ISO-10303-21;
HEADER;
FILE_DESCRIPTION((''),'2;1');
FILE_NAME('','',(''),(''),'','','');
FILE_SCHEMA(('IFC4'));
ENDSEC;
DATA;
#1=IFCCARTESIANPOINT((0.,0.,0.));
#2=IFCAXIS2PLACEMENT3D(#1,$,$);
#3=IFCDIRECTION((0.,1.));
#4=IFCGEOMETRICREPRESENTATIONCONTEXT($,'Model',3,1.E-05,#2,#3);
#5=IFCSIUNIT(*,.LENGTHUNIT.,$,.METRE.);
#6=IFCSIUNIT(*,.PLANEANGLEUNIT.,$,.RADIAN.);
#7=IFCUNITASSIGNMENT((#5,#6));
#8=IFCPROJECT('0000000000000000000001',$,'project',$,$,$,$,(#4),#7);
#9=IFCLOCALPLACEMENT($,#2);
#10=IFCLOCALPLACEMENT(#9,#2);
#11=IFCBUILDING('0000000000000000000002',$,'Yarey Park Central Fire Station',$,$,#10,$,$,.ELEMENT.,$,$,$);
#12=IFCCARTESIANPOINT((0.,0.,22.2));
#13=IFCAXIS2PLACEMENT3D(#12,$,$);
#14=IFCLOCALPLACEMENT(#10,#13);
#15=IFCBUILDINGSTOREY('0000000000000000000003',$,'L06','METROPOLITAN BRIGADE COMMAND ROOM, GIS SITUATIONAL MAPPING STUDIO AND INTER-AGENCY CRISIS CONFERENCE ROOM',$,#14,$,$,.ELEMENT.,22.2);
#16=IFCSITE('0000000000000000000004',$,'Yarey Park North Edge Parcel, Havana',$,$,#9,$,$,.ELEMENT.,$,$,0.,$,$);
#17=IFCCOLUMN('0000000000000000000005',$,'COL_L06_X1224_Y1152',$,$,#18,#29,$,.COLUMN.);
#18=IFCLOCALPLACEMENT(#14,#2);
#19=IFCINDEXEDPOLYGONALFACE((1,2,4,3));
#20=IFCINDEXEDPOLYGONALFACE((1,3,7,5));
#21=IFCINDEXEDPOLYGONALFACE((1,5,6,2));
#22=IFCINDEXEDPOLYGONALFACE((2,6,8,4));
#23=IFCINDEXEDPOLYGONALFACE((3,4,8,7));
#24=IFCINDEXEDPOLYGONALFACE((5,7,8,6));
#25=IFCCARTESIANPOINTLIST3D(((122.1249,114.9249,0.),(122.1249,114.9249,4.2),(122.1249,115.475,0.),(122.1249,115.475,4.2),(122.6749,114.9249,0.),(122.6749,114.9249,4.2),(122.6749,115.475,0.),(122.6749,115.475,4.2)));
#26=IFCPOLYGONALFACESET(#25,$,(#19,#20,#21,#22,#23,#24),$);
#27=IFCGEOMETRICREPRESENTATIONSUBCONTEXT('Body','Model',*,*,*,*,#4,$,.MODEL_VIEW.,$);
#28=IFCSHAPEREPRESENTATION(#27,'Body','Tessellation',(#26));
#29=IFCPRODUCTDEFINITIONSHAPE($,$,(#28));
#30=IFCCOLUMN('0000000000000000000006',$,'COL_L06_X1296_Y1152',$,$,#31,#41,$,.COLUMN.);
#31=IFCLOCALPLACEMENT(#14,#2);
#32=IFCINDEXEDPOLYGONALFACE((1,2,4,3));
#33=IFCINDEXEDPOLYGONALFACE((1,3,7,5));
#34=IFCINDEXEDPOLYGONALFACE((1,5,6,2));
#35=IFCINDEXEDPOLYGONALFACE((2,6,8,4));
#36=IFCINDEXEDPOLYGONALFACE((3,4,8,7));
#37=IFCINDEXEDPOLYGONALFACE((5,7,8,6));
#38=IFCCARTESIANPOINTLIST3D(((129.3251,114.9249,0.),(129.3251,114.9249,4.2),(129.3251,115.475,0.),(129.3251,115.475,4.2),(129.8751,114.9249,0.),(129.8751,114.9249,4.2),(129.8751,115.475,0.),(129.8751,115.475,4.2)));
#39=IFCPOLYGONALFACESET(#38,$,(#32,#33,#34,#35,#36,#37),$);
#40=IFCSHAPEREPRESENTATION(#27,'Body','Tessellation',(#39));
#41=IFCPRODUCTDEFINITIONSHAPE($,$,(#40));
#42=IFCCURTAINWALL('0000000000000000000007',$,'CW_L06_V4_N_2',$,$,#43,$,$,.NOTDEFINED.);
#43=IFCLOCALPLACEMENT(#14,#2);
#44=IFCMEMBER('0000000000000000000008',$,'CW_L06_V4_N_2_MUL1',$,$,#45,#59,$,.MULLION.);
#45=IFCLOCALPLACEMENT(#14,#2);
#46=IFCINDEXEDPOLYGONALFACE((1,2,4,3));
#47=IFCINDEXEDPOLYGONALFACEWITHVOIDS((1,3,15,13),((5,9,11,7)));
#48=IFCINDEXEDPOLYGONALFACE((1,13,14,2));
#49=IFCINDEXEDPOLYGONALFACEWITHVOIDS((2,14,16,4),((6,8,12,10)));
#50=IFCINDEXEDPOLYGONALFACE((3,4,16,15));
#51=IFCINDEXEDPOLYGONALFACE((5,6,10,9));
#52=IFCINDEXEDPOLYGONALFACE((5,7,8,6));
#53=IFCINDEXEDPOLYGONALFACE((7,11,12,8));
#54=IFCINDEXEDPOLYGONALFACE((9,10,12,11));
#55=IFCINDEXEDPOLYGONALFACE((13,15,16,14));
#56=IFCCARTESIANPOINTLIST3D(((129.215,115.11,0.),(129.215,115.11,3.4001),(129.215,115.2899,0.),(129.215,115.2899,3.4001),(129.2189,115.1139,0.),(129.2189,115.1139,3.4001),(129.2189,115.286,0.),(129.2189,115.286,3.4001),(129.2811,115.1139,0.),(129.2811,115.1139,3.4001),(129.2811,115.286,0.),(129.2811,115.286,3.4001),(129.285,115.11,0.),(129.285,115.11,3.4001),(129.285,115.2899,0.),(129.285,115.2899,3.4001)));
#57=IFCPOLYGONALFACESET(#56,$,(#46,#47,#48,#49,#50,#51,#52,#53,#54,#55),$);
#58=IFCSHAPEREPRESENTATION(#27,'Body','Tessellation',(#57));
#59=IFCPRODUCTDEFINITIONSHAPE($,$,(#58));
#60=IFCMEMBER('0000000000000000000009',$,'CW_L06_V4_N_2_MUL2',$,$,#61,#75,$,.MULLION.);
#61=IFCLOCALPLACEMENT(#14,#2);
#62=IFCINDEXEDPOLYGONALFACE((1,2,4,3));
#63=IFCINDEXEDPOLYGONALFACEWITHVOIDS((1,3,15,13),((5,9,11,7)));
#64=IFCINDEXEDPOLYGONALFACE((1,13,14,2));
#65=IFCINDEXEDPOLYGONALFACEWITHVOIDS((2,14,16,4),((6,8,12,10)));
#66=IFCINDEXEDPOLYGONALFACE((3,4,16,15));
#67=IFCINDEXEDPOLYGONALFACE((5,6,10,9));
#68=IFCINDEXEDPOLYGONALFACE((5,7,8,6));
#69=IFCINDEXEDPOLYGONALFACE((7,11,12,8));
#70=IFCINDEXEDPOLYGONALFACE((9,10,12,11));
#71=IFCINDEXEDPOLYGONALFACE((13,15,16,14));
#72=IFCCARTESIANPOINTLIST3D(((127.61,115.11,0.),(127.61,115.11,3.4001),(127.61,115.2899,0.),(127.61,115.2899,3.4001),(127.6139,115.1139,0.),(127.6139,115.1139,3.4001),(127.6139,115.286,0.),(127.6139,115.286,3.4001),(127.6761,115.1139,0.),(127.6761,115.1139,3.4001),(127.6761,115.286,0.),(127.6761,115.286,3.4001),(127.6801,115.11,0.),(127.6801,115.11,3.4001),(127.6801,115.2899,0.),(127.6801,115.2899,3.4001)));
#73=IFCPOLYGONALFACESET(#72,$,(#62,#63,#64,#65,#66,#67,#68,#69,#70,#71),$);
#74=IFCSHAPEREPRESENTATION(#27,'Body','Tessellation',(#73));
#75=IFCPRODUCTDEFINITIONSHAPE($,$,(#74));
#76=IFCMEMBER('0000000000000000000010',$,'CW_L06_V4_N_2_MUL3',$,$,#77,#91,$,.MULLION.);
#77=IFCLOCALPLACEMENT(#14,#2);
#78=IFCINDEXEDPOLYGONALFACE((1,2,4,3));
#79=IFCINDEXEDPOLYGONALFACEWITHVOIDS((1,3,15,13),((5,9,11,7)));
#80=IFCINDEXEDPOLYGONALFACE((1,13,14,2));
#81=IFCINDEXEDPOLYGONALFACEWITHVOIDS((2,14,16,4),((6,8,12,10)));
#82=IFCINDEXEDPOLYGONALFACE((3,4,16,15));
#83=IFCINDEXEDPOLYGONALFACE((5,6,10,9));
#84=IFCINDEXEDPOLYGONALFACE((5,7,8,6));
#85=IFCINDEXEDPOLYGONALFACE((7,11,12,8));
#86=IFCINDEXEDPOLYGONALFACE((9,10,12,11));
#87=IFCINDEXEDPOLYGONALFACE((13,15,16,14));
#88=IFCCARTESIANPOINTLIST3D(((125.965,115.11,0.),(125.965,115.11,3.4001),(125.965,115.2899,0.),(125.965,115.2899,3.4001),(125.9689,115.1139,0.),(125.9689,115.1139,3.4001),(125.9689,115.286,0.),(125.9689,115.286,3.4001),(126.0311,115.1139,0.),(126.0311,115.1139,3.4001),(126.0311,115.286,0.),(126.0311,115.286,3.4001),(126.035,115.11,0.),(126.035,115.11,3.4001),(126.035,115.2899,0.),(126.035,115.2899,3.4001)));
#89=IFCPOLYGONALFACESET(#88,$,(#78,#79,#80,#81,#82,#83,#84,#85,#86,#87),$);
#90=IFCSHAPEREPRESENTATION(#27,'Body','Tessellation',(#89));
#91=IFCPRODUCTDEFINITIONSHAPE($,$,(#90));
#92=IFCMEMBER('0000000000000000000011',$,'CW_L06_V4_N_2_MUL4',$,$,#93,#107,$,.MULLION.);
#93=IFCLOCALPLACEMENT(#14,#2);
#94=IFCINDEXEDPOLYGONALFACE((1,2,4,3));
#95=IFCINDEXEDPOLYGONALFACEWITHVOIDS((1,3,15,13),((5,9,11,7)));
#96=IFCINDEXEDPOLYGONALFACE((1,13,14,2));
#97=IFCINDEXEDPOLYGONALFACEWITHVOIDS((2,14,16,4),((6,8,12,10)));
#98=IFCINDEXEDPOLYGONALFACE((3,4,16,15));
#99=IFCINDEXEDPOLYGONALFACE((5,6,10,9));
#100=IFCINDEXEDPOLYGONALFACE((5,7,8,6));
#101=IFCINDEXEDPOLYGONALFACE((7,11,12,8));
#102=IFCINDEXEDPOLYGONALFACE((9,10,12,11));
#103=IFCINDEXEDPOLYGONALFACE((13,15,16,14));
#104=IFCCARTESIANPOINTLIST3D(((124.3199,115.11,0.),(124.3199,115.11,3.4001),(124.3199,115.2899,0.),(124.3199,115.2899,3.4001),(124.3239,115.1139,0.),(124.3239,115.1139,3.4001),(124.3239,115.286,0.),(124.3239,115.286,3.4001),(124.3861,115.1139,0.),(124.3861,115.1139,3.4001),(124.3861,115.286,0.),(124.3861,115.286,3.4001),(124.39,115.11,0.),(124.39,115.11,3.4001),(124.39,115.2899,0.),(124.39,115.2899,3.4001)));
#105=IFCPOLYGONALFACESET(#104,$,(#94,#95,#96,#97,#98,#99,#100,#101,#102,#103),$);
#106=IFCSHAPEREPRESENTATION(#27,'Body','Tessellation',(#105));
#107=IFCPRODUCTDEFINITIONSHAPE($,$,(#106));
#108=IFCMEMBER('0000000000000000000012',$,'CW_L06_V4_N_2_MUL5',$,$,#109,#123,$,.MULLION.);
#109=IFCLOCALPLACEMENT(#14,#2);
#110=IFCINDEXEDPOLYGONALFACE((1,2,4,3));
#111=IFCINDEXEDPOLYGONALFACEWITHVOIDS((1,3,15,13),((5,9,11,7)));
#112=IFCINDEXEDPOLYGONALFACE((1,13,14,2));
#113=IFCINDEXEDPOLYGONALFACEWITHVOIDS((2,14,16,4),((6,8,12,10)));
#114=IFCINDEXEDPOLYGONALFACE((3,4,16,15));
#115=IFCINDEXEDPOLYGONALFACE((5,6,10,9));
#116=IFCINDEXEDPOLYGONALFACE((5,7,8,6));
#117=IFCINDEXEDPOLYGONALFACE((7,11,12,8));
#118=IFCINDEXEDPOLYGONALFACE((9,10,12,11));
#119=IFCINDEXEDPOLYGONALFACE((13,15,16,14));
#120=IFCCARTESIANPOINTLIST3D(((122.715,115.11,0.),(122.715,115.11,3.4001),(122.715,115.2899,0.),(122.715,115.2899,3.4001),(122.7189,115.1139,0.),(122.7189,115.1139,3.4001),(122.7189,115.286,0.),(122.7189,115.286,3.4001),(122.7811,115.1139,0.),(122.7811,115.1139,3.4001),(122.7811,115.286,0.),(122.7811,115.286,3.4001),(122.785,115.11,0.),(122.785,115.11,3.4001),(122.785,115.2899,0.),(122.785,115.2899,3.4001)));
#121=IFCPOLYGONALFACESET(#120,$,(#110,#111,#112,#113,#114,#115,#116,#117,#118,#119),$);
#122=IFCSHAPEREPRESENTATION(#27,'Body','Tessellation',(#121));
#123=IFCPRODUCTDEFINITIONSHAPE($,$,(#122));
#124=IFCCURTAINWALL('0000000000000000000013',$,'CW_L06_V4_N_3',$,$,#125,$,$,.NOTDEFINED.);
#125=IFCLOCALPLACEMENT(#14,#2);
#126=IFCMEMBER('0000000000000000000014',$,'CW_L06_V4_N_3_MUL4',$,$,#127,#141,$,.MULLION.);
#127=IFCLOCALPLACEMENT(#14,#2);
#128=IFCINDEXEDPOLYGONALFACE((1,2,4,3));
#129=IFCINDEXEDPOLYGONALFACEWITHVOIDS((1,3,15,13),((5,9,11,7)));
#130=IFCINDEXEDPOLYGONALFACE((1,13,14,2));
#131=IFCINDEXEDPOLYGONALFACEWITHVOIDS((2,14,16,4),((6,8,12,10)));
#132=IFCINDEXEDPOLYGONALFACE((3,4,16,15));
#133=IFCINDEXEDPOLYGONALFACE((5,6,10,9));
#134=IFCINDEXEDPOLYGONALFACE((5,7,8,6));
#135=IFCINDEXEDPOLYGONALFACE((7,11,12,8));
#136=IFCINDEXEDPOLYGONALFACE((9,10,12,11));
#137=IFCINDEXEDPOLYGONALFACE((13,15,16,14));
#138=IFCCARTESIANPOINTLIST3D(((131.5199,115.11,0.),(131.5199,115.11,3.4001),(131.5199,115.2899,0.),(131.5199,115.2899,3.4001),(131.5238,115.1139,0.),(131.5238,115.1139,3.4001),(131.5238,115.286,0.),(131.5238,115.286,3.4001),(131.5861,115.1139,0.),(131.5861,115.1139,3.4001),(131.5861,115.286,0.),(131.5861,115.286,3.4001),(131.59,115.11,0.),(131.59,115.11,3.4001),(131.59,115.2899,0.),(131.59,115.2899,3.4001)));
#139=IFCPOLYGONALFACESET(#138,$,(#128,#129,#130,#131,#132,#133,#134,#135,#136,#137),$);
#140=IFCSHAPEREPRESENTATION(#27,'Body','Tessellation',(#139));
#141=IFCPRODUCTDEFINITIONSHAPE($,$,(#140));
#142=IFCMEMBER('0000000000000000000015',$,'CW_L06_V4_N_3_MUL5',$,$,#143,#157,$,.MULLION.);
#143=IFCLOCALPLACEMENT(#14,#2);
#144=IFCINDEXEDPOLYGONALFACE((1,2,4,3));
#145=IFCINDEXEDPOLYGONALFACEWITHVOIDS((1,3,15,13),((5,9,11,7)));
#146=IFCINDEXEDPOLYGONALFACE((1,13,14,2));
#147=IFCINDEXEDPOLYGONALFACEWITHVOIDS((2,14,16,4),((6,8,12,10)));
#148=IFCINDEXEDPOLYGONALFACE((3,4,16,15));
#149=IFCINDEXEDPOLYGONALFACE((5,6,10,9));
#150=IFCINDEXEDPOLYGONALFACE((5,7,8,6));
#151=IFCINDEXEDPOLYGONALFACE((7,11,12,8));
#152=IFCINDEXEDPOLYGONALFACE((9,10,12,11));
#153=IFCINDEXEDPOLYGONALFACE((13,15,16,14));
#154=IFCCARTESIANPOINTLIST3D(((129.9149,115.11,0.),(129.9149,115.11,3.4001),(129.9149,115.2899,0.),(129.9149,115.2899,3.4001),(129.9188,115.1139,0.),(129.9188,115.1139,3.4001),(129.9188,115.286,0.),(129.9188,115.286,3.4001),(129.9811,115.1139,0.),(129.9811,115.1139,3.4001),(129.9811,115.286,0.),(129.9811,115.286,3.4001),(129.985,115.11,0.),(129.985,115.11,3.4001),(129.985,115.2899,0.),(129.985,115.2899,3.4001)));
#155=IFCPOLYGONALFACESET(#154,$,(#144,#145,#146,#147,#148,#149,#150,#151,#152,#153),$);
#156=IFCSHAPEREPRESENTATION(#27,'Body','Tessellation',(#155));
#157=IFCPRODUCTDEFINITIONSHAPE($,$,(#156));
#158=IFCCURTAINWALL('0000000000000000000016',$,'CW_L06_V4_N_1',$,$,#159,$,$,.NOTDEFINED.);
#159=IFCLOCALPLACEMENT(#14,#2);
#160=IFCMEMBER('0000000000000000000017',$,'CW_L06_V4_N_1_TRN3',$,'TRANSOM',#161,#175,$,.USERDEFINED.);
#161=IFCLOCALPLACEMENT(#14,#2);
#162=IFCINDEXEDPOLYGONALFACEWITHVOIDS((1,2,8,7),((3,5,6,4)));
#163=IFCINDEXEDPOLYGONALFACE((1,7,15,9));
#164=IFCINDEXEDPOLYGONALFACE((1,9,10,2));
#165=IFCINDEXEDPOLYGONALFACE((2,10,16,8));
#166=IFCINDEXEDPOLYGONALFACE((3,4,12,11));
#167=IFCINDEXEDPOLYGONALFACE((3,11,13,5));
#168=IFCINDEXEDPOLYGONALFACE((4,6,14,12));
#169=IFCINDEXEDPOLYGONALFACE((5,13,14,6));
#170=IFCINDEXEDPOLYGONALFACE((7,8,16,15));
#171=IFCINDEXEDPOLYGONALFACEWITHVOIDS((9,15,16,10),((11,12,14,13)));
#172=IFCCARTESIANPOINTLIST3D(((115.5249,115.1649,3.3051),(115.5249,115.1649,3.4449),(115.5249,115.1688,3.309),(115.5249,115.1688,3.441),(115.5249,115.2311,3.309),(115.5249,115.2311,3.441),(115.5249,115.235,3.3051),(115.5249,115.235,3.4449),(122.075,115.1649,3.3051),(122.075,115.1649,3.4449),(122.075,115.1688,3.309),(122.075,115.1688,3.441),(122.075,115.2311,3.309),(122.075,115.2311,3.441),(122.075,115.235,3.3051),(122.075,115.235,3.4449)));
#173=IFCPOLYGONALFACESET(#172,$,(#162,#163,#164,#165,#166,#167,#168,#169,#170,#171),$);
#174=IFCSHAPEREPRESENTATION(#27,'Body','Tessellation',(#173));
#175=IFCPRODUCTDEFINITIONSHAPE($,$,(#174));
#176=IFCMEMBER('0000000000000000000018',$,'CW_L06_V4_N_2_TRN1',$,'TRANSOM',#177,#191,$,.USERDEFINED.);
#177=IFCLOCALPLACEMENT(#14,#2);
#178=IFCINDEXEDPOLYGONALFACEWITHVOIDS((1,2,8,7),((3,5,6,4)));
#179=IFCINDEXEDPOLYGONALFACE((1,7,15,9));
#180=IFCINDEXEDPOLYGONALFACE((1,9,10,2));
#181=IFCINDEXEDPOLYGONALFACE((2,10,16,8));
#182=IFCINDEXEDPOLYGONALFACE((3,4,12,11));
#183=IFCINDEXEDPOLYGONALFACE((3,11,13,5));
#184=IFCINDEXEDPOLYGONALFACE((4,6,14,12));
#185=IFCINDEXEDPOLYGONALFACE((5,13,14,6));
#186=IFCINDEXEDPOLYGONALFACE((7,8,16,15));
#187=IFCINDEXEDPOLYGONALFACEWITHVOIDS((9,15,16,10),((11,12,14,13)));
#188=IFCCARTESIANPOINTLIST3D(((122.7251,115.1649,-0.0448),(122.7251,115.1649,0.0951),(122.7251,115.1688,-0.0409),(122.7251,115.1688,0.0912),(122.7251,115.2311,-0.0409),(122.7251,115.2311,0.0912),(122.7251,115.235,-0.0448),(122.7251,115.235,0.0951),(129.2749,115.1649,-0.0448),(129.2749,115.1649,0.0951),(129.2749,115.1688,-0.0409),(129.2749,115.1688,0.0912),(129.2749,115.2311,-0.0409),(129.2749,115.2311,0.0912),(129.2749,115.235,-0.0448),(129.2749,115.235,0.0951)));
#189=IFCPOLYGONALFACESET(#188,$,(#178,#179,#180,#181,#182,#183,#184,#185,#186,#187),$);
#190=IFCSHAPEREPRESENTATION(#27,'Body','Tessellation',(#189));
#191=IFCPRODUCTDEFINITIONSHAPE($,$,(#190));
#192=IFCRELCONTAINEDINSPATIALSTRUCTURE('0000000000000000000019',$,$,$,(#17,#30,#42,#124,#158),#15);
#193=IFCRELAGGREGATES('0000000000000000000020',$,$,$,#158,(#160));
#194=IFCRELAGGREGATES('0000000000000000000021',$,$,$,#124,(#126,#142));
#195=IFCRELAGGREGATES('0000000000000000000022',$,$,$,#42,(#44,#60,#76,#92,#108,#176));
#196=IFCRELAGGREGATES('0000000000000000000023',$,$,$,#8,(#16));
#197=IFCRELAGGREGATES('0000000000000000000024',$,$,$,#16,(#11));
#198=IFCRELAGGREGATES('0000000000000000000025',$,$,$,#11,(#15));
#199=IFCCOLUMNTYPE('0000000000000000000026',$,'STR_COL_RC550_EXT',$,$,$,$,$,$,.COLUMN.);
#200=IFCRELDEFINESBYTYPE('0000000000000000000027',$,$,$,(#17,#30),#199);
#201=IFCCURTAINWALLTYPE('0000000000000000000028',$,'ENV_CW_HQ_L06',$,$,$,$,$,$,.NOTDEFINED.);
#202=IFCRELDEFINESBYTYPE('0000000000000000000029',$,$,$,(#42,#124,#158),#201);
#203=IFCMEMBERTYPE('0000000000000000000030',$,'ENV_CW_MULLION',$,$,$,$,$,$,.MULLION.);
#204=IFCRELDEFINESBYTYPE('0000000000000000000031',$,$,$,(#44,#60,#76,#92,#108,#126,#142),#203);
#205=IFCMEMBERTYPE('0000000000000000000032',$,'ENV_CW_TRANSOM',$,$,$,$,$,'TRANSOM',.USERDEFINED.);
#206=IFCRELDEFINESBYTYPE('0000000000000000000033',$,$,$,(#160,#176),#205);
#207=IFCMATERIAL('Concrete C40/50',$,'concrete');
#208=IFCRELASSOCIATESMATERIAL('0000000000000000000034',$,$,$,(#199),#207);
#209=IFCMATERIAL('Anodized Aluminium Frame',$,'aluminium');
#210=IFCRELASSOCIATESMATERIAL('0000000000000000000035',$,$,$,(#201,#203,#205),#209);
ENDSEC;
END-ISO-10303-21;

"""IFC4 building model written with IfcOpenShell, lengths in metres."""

from ifc_helpers import new_model, si_unit, direction, frame, origin, origin_2d, place, context, subcontext, project, spatial, rectangle, hollow_rectangle, extrude, material, material_profile, profile_set, type_object, element, aggregate, save


model = new_model("IFC4")

# Units and contexts
model_context = context("Model", 3, precision=1e-05, world=origin(), true_north=direction((0.0, 1.0)))
body_context = subcontext(model_context, "Body", "Model", "MODEL_VIEW")
ifc_project = project(units=[si_unit("LENGTHUNIT", "METRE"), si_unit("PLANEANGLEUNIT", "RADIAN")], contexts=[model_context])

# Site, building, storey
site_placement = place(None, origin())
site = spatial("IfcSite", under=ifc_project, at=site_placement, Name="Yarey Park North Edge Parcel, Havana", CompositionType="ELEMENT", RefElevation=0.0)
building_placement = place(site_placement, origin())
building = spatial("IfcBuilding", under=site, at=building_placement, Name="Yarey Park Central Fire Station", CompositionType="ELEMENT")
storey_placement = place(building_placement, frame((0.0, 0.0, 22.2)))
storey = spatial("IfcBuildingStorey", under=building, at=storey_placement, Name="L06", Description="METROPOLITAN BRIGADE COMMAND ROOM, GIS SITUATIONAL MAPPING STUDIO AND INTER-AGENCY CRISIS CONFERENCE ROOM", CompositionType="ELEMENT", Elevation=22.2)

# Columns
ifc_material_1 = material(Name="Concrete C40/50", Category="concrete")
ifc_material_profile_1 = material_profile(ifc_material_1, rectangle(XDim=0.55, YDim=0.55, at=origin_2d()), Name="RC 550x550")
ifc_profile_set_1 = profile_set([ifc_material_profile_1], Name="Concrete C40/50")
column_type = type_object("IfcColumnType", Name="STR_COL_RC550_EXT", PredefinedType="COLUMN", material=ifc_profile_set_1)
for number, where, z_axis, x_axis, name in (
    (1, (122.3999, 115.2, 0.0), (0.0, 0.0, 1.0), (1.0, 0.0, 0.0), "COL_L06_X1224_Y1152"),
    (2, (129.6001, 115.2, 0.0), (0.0, 0.0, 1.0), (1.0, 0.0, 0.0), "COL_L06_X1296_Y1152"),
):
    element("IfcColumn", number, at=place(storey_placement, frame(where, z_axis=z_axis, x_axis=x_axis)), inside=storey, type_object=column_type, Name=name, PredefinedType="COLUMN", context=body_context, shape_type="SweptSolid", body=[
        extrude(rectangle(XDim=0.55, YDim=0.55, at=origin_2d()), origin(), (0.0, 0.0, 1.0), 4.2),
    ])

# Curtain walls, members
ifc_material_2 = material(Name="Anodized Aluminium Frame", Category="aluminium")
curtain_wall_type = type_object("IfcCurtainWallType", Name="ENV_CW_HQ_L06", PredefinedType="NOTDEFINED", material=ifc_material_2)
curtain_wall_1_placement = place(storey_placement, origin())
curtain_wall_1 = element("IfcCurtainWall", 3, at=curtain_wall_1_placement, inside=storey, type_object=curtain_wall_type, Name="CW_L06_V4_N_2", PredefinedType="NOTDEFINED")
ifc_material_profile_2 = material_profile(ifc_material_2, hollow_rectangle(XDim=0.0701, YDim=0.1799, WallThickness=0.0039, at=origin_2d()), Name="ALU 180x70x4")
ifc_profile_set_2 = profile_set([ifc_material_profile_2], Name="Anodized Aluminium Frame")
member_type_1 = type_object("IfcMemberType", Name="ENV_CW_MULLION", PredefinedType="MULLION", material=ifc_profile_set_2)
member_1_placement = place(storey_placement, frame((129.25, 115.2, 0.0), z_axis=(0.0, 0.0, 1.0), x_axis=(1.0, 0.0, 0.0)))
member_1 = element("IfcMember", 4, at=member_1_placement, type_object=member_type_1, Name="CW_L06_V4_N_2_MUL1", PredefinedType="MULLION", context=body_context, shape_type="SweptSolid", body=[
    extrude(hollow_rectangle(XDim=0.0701, YDim=0.1799, WallThickness=0.0039, at=origin_2d()), origin(), (0.0, 0.0, 1.0), 3.4001),
])
member_2_placement = place(storey_placement, frame((127.645, 115.2, 0.0), z_axis=(0.0, 0.0, 1.0), x_axis=(1.0, 0.0, 0.0)))
member_2 = element("IfcMember", 5, at=member_2_placement, type_object=member_type_1, Name="CW_L06_V4_N_2_MUL2", PredefinedType="MULLION", context=body_context, shape_type="SweptSolid", body=[
    extrude(hollow_rectangle(XDim=0.0701, YDim=0.1799, WallThickness=0.0039, at=origin_2d()), origin(), (0.0, 0.0, 1.0), 3.4001),
])
member_3_placement = place(storey_placement, frame((126.0, 115.2, 0.0), z_axis=(0.0, 0.0, 1.0), x_axis=(1.0, 0.0, 0.0)))
member_3 = element("IfcMember", 6, at=member_3_placement, type_object=member_type_1, Name="CW_L06_V4_N_2_MUL3", PredefinedType="MULLION", context=body_context, shape_type="SweptSolid", body=[
    extrude(hollow_rectangle(XDim=0.0701, YDim=0.1799, WallThickness=0.0039, at=origin_2d()), origin(), (0.0, 0.0, 1.0), 3.4001),
])
member_4_placement = place(storey_placement, frame((124.355, 115.2, 0.0), z_axis=(0.0, 0.0, 1.0), x_axis=(1.0, 0.0, 0.0)))
member_4 = element("IfcMember", 7, at=member_4_placement, type_object=member_type_1, Name="CW_L06_V4_N_2_MUL4", PredefinedType="MULLION", context=body_context, shape_type="SweptSolid", body=[
    extrude(hollow_rectangle(XDim=0.0701, YDim=0.1799, WallThickness=0.0039, at=origin_2d()), origin(), (0.0, 0.0, 1.0), 3.4001),
])
member_5_placement = place(storey_placement, frame((122.75, 115.2, 0.0), z_axis=(0.0, 0.0, 1.0), x_axis=(1.0, 0.0, 0.0)))
member_5 = element("IfcMember", 8, at=member_5_placement, type_object=member_type_1, Name="CW_L06_V4_N_2_MUL5", PredefinedType="MULLION", context=body_context, shape_type="SweptSolid", body=[
    extrude(hollow_rectangle(XDim=0.0701, YDim=0.1799, WallThickness=0.0039, at=origin_2d()), origin(), (0.0, 0.0, 1.0), 3.4001),
])
curtain_wall_2_placement = place(storey_placement, origin())
curtain_wall_2 = element("IfcCurtainWall", 9, at=curtain_wall_2_placement, inside=storey, type_object=curtain_wall_type, Name="CW_L06_V4_N_3", PredefinedType="NOTDEFINED")
member_6_placement = place(storey_placement, frame((131.5549, 115.2, 0.0), z_axis=(0.0, 0.0, 1.0), x_axis=(1.0, 0.0, 0.0)))
member_6 = element("IfcMember", 10, at=member_6_placement, type_object=member_type_1, Name="CW_L06_V4_N_3_MUL4", PredefinedType="MULLION", context=body_context, shape_type="SweptSolid", body=[
    extrude(hollow_rectangle(XDim=0.0701, YDim=0.1799, WallThickness=0.0039, at=origin_2d()), origin(), (0.0, 0.0, 1.0), 3.4001),
])
member_7_placement = place(storey_placement, frame((129.95, 115.2, 0.0), z_axis=(0.0, 0.0, 1.0), x_axis=(1.0, 0.0, 0.0)))
member_7 = element("IfcMember", 11, at=member_7_placement, type_object=member_type_1, Name="CW_L06_V4_N_3_MUL5", PredefinedType="MULLION", context=body_context, shape_type="SweptSolid", body=[
    extrude(hollow_rectangle(XDim=0.0701, YDim=0.1799, WallThickness=0.0039, at=origin_2d()), origin(), (0.0, 0.0, 1.0), 3.4001),
])

# Curtain wall, member
curtain_wall_3_placement = place(storey_placement, origin())
curtain_wall_3 = element("IfcCurtainWall", 12, at=curtain_wall_3_placement, inside=storey, type_object=curtain_wall_type, Name="CW_L06_V4_N_1", PredefinedType="NOTDEFINED")
ifc_material_profile_3 = material_profile(ifc_material_2, hollow_rectangle(XDim=0.0701, YDim=0.1399, WallThickness=0.0039, at=origin_2d()), Name="ALU 140x70x4")
ifc_profile_set_3 = profile_set([ifc_material_profile_3], Name="Anodized Aluminium Frame")
member_type_2 = type_object("IfcMemberType", Name="ENV_CW_TRANSOM", ElementType="TRANSOM", PredefinedType="USERDEFINED", material=ifc_profile_set_3)
member_8_placement = place(storey_placement, frame((122.075, 115.2, 3.375), z_axis=(-1.0, 0.0, 0.0), x_axis=(0.0, -1.0, 0.0)))
member_8 = element("IfcMember", 13, at=member_8_placement, type_object=member_type_2, Name="CW_L06_V4_N_1_TRN3", ObjectType="TRANSOM", PredefinedType="USERDEFINED", context=body_context, shape_type="SweptSolid", body=[
    extrude(hollow_rectangle(XDim=0.0701, YDim=0.1399, WallThickness=0.0039, at=origin_2d()), origin(), (0.0, 0.0, 1.0), 6.55),
])
aggregate(curtain_wall_3, [member_8])

# Member
member_9_placement = place(storey_placement, frame((129.2749, 115.2, 0.0251), z_axis=(-1.0, 0.0, 0.0), x_axis=(0.0, -1.0, 0.0)))
member_9 = element("IfcMember", 14, at=member_9_placement, type_object=member_type_2, Name="CW_L06_V4_N_2_TRN1", ObjectType="TRANSOM", PredefinedType="USERDEFINED", context=body_context, shape_type="SweptSolid", body=[
    extrude(hollow_rectangle(XDim=0.0701, YDim=0.1399, WallThickness=0.0039, at=origin_2d()), origin(), (0.0, 0.0, 1.0), 6.5498),
])

aggregate(curtain_wall_2, [member_6, member_7])
aggregate(curtain_wall_1, [member_1, member_2, member_3, member_4, member_5, member_9])

save(model, "model.ifc")
